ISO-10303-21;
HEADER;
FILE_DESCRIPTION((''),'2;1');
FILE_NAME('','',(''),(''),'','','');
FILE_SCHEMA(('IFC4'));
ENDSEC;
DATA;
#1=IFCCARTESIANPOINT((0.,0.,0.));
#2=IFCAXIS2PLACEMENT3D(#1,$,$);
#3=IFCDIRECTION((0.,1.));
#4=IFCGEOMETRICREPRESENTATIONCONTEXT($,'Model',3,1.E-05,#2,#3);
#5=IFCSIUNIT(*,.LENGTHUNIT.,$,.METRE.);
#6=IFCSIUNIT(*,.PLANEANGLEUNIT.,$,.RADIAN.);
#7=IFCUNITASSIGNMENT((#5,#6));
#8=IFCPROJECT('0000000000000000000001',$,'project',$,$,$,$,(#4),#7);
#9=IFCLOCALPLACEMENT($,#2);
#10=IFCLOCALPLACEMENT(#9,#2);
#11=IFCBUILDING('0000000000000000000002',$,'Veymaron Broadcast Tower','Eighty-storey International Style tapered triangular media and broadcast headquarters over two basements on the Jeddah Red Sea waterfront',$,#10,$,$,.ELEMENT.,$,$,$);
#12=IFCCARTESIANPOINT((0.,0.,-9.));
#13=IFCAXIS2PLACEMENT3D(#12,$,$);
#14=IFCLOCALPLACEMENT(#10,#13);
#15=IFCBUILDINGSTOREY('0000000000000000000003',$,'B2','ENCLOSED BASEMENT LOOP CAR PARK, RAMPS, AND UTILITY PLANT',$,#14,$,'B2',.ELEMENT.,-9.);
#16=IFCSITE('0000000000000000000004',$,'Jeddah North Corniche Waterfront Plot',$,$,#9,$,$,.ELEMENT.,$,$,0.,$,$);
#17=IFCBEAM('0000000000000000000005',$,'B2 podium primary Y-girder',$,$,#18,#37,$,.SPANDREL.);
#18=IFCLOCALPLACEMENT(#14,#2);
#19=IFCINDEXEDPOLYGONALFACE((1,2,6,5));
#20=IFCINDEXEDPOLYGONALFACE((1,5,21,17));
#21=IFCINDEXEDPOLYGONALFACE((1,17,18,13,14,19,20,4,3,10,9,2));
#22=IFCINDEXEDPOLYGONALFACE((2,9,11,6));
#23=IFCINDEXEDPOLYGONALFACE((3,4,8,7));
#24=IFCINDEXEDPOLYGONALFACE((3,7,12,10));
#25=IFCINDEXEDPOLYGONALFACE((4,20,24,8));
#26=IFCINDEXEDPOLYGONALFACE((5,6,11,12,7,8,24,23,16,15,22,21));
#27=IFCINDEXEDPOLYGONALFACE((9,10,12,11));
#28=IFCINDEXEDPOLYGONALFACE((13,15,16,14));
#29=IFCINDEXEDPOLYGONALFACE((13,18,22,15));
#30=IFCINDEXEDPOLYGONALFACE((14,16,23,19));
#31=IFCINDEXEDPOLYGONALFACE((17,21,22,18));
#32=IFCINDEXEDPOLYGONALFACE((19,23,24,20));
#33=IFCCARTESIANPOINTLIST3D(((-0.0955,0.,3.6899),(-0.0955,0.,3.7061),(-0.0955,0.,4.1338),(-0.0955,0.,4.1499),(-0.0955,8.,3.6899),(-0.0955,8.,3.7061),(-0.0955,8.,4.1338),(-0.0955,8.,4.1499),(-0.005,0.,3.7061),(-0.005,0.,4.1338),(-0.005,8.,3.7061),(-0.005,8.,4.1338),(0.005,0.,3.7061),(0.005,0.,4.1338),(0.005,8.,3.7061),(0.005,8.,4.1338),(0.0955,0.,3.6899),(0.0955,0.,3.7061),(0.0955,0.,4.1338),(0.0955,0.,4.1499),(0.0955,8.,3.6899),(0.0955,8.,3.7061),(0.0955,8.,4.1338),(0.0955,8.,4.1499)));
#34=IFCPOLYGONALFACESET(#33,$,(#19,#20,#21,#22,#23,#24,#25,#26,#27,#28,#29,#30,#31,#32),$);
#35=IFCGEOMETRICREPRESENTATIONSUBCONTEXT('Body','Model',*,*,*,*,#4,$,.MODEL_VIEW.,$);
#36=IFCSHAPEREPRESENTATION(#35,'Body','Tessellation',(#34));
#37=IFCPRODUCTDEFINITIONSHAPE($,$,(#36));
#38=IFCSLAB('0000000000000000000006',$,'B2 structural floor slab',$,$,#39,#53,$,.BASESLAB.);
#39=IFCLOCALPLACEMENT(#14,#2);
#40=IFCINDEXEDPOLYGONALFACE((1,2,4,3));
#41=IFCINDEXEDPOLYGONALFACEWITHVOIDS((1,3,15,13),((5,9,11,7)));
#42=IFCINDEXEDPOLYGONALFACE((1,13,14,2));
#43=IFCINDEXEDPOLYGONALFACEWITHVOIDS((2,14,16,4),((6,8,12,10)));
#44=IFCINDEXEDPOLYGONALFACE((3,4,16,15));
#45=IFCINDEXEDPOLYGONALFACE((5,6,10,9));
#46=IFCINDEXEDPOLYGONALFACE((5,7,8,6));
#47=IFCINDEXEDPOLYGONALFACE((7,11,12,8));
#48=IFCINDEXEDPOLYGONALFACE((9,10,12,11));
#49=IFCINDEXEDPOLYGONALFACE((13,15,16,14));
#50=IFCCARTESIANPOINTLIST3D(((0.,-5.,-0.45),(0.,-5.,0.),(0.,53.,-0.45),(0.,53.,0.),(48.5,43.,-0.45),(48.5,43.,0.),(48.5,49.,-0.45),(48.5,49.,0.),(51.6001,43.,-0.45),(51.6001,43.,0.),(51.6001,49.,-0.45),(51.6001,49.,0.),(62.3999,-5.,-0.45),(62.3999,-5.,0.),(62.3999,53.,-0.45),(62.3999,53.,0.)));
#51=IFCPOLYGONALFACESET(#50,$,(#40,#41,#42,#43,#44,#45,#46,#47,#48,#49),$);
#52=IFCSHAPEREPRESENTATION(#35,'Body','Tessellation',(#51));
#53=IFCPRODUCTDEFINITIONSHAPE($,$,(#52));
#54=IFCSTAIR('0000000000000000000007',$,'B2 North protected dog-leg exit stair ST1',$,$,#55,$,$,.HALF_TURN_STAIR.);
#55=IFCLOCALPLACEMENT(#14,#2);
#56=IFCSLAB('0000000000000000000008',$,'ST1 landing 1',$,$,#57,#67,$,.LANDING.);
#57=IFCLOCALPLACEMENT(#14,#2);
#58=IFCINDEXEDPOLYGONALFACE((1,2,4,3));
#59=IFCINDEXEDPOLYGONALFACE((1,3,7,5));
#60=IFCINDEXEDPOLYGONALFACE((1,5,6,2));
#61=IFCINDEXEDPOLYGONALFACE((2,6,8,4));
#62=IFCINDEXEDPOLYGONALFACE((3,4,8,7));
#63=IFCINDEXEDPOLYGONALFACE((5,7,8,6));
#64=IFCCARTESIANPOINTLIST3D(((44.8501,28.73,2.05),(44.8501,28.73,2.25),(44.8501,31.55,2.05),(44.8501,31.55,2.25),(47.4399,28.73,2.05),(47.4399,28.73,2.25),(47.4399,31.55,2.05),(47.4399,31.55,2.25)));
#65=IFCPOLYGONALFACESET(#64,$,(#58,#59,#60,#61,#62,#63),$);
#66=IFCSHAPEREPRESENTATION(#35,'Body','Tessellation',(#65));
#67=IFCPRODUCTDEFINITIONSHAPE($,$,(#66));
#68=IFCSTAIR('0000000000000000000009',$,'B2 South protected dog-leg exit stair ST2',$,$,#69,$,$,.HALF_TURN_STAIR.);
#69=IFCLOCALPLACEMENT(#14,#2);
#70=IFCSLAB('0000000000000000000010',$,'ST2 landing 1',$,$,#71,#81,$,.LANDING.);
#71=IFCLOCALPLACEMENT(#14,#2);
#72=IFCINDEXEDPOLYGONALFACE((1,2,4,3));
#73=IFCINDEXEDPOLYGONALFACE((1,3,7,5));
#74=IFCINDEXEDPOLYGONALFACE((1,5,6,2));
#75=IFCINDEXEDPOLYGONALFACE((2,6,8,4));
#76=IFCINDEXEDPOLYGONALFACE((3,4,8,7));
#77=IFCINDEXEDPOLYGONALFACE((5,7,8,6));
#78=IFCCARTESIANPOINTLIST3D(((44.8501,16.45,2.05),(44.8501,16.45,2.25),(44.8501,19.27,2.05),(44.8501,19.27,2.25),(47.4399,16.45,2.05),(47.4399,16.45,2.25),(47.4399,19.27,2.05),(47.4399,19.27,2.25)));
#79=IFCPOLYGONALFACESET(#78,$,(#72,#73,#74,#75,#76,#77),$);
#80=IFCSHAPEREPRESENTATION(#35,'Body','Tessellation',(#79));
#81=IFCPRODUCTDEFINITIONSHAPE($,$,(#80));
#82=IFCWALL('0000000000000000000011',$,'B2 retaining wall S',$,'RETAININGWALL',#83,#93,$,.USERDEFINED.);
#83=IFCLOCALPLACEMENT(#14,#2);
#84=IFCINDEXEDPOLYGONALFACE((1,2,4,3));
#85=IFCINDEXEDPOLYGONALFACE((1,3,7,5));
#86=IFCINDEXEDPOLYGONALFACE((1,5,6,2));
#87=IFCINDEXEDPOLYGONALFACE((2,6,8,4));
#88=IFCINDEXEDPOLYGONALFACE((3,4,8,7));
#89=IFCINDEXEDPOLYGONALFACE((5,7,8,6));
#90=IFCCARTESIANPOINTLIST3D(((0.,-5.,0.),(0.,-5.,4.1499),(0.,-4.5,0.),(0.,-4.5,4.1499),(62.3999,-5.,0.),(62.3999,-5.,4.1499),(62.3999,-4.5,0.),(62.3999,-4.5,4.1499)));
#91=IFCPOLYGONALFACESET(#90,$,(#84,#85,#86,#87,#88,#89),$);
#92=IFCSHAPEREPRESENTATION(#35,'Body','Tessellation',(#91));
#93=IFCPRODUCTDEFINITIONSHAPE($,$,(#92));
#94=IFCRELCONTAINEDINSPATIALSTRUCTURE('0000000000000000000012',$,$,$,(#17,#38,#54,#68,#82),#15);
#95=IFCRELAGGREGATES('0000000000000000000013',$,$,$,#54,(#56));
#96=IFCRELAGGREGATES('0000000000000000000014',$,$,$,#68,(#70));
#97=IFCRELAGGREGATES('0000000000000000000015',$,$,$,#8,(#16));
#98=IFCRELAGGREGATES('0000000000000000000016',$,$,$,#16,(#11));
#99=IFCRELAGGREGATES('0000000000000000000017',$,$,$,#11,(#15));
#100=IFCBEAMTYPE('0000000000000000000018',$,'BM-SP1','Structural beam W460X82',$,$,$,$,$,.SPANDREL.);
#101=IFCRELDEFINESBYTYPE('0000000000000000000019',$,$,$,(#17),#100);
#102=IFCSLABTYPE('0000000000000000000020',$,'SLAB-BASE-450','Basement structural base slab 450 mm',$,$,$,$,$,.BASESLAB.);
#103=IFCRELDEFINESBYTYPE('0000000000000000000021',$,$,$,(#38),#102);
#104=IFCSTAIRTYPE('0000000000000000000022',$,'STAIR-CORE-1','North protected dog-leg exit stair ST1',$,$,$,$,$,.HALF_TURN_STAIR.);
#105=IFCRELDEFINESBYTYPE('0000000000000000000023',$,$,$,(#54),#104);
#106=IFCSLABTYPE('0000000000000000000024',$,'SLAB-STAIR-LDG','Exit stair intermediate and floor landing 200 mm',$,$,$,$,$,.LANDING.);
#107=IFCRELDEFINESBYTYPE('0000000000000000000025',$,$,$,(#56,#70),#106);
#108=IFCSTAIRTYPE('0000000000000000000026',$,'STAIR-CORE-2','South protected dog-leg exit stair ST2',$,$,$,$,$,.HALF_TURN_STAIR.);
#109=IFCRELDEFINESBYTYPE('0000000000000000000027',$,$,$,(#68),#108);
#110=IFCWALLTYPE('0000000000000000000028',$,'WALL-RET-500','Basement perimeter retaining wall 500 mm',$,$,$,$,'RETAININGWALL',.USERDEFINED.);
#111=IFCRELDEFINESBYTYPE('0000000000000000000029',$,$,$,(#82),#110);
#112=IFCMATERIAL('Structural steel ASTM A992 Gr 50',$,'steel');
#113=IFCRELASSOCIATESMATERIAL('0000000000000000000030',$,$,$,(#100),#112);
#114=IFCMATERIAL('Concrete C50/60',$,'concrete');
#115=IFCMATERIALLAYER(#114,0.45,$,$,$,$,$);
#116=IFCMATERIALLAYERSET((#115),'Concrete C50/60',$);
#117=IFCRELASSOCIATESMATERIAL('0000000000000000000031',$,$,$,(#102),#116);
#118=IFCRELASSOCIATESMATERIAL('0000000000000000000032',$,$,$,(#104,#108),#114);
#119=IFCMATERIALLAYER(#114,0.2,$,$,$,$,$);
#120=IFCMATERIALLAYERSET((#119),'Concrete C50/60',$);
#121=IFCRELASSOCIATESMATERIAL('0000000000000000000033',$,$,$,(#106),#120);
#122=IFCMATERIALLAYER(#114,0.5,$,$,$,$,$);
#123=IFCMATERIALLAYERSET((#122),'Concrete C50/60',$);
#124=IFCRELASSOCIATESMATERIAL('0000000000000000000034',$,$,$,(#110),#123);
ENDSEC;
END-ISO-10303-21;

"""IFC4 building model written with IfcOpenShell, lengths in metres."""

from ifc_helpers import new_model, si_unit, direction, frame, frame_2d, origin, origin_2d, place, context, subcontext, project, spatial, polyline, rectangle, i_section, outline, extrude, material, layer, layer_set, material_profile, profile_set, type_object, element, aggregate, save


model = new_model("IFC4")

# Units and contexts
model_context = context("Model", 3, precision=1e-05, world=origin(), true_north=direction((0.0, 1.0)))
body_context = subcontext(model_context, "Body", "Model", "MODEL_VIEW")
ifc_project = project(units=[si_unit("LENGTHUNIT", "METRE"), si_unit("PLANEANGLEUNIT", "RADIAN")], contexts=[model_context])

# Site, building, storey
site_placement = place(None, origin())
site = spatial("IfcSite", under=ifc_project, at=site_placement, Name="Jeddah North Corniche Waterfront Plot", CompositionType="ELEMENT", RefElevation=0.0)
building_placement = place(site_placement, origin())
building = spatial("IfcBuilding", under=site, at=building_placement, Name="Veymaron Broadcast Tower", Description="Eighty-storey International Style tapered triangular media and broadcast headquarters over two basements on the Jeddah Red Sea waterfront", CompositionType="ELEMENT")
storey_placement = place(building_placement, frame((0.0, 0.0, -9.0)))
storey = spatial("IfcBuildingStorey", under=building, at=storey_placement, Name="B2", Description="ENCLOSED BASEMENT LOOP CAR PARK, RAMPS, AND UTILITY PLANT", LongName="B2", CompositionType="ELEMENT", Elevation=-9.0)

# Shared definitions
ifc_material_1 = material(Name="Concrete C50/60", Category="concrete")

# Beam
ifc_material_2 = material(Name="Structural steel ASTM A992 Gr 50", Category="steel")
ifc_material_profile_1 = material_profile(ifc_material_2, i_section(OverallWidth=0.1909, OverallDepth=0.46, WebThickness=0.01, FlangeThickness=0.0161, at=origin_2d()), Name="W460X82")
ifc_profile_set_1 = profile_set([ifc_material_profile_1], Name="Structural steel ASTM A992 Gr 50")
beam_type_1 = type_object("IfcBeamType", Name="BM-SP1", Description="Structural beam W460X82", PredefinedType="SPANDREL", material=ifc_profile_set_1)
beam_1_placement = place(storey_placement, frame((0.0, 0.0, 3.9199), z_axis=(0.0, 1.0, 0.0), x_axis=(-1.0, 0.0, 0.0)))
element("IfcBeam", 1, at=beam_1_placement, inside=storey, type_object=beam_type_1, Name="B2 podium primary Y-girder", PredefinedType="SPANDREL", context=body_context, shape_type="SweptSolid", body=[
    extrude(i_section(OverallWidth=0.1909, OverallDepth=0.46, WebThickness=0.01, FlangeThickness=0.0161, at=origin_2d()), origin(), (0.0, 0.0, 1.0), 8.0),
])

# Slab
ifc_layer_1 = layer(ifc_material_1, 0.45)
ifc_layer_set_1 = layer_set([ifc_layer_1], Name="Concrete C50/60")
slab_type_1 = type_object("IfcSlabType", Name="SLAB-BASE-450", Description="Basement structural base slab 450 mm", PredefinedType="BASESLAB", material=ifc_layer_set_1)
slab_1_placement = place(storey_placement, frame((0.0, 0.0, -0.45)))
element("IfcSlab", 2, at=slab_1_placement, inside=storey, type_object=slab_type_1, Name="B2 structural floor slab", PredefinedType="BASESLAB", context=body_context, shape_type="SweptSolid", body=[
    extrude(outline(polyline([(0.0, -5.0), (62.3999, -5.0), (62.3999, 53.0), (0.0, 53.0), (0.0, -5.0)]), holes=[polyline([(48.5, 49.0), (51.6001, 49.0), (51.6001, 43.0), (48.5, 43.0), (48.5, 49.0)])]), origin(), (0.0, 0.0, 1.0), 0.45),
])

# Stairs, slabs
stair_type_1 = type_object("IfcStairType", Name="STAIR-CORE-1", Description="North protected dog-leg exit stair ST1", PredefinedType="HALF_TURN_STAIR", material=ifc_material_1)
stair_1_placement = place(storey_placement, origin())
stair_1 = element("IfcStair", 3, at=stair_1_placement, inside=storey, type_object=stair_type_1, Name="B2 North protected dog-leg exit stair ST1", PredefinedType="HALF_TURN_STAIR")
ifc_layer_2 = layer(ifc_material_1, 0.2)
ifc_layer_set_2 = layer_set([ifc_layer_2], Name="Concrete C50/60")
slab_type_2 = type_object("IfcSlabType", Name="SLAB-STAIR-LDG", Description="Exit stair intermediate and floor landing 200 mm", PredefinedType="LANDING", material=ifc_layer_set_2)
slab_2_placement = place(storey_placement, frame((0.0, 0.0, 2.05)))
slab_2 = element("IfcSlab", 4, at=slab_2_placement, type_object=slab_type_2, Name="ST1 landing 1", PredefinedType="LANDING", context=body_context, shape_type="SweptSolid", body=[
    extrude(outline(polyline([(44.8501, 28.73), (47.4399, 28.73), (47.4399, 31.55), (44.8501, 31.55), (44.8501, 28.73)])), origin(), (0.0, 0.0, 1.0), 0.2),
])
aggregate(stair_1, [slab_2])
stair_type_2 = type_object("IfcStairType", Name="STAIR-CORE-2", Description="South protected dog-leg exit stair ST2", PredefinedType="HALF_TURN_STAIR", material=ifc_material_1)
stair_2_placement = place(storey_placement, origin())
stair_2 = element("IfcStair", 5, at=stair_2_placement, inside=storey, type_object=stair_type_2, Name="B2 South protected dog-leg exit stair ST2", PredefinedType="HALF_TURN_STAIR")
slab_3_placement = place(storey_placement, frame((0.0, 0.0, 2.05)))
slab_3 = element("IfcSlab", 6, at=slab_3_placement, type_object=slab_type_2, Name="ST2 landing 1", PredefinedType="LANDING", context=body_context, shape_type="SweptSolid", body=[
    extrude(outline(polyline([(44.8501, 16.45), (47.4399, 16.45), (47.4399, 19.27), (44.8501, 19.27), (44.8501, 16.45)])), origin(), (0.0, 0.0, 1.0), 0.2),
])
aggregate(stair_2, [slab_3])

# Wall
ifc_layer_3 = layer(ifc_material_1, 0.5)
ifc_layer_set_3 = layer_set([ifc_layer_3], Name="Concrete C50/60")
wall_type = type_object("IfcWallType", Name="WALL-RET-500", Description="Basement perimeter retaining wall 500 mm", ElementType="RETAININGWALL", PredefinedType="USERDEFINED", material=ifc_layer_set_3)
wall_placement = place(storey_placement, frame((0.0, -4.75, 0.0), z_axis=(0.0, 0.0, 1.0), x_axis=(1.0, 0.0, 0.0)))
element("IfcWall", 7, at=wall_placement, inside=storey, type_object=wall_type, Name="B2 retaining wall S", ObjectType="RETAININGWALL", PredefinedType="USERDEFINED", context=body_context, shape_type="SweptSolid", body=[
    extrude(rectangle(XDim=62.3999, YDim=0.5, at=frame_2d((31.2, 0.0))), origin(), (0.0, 0.0, 1.0), 4.1499),
])

save(model, "model.ifc")
